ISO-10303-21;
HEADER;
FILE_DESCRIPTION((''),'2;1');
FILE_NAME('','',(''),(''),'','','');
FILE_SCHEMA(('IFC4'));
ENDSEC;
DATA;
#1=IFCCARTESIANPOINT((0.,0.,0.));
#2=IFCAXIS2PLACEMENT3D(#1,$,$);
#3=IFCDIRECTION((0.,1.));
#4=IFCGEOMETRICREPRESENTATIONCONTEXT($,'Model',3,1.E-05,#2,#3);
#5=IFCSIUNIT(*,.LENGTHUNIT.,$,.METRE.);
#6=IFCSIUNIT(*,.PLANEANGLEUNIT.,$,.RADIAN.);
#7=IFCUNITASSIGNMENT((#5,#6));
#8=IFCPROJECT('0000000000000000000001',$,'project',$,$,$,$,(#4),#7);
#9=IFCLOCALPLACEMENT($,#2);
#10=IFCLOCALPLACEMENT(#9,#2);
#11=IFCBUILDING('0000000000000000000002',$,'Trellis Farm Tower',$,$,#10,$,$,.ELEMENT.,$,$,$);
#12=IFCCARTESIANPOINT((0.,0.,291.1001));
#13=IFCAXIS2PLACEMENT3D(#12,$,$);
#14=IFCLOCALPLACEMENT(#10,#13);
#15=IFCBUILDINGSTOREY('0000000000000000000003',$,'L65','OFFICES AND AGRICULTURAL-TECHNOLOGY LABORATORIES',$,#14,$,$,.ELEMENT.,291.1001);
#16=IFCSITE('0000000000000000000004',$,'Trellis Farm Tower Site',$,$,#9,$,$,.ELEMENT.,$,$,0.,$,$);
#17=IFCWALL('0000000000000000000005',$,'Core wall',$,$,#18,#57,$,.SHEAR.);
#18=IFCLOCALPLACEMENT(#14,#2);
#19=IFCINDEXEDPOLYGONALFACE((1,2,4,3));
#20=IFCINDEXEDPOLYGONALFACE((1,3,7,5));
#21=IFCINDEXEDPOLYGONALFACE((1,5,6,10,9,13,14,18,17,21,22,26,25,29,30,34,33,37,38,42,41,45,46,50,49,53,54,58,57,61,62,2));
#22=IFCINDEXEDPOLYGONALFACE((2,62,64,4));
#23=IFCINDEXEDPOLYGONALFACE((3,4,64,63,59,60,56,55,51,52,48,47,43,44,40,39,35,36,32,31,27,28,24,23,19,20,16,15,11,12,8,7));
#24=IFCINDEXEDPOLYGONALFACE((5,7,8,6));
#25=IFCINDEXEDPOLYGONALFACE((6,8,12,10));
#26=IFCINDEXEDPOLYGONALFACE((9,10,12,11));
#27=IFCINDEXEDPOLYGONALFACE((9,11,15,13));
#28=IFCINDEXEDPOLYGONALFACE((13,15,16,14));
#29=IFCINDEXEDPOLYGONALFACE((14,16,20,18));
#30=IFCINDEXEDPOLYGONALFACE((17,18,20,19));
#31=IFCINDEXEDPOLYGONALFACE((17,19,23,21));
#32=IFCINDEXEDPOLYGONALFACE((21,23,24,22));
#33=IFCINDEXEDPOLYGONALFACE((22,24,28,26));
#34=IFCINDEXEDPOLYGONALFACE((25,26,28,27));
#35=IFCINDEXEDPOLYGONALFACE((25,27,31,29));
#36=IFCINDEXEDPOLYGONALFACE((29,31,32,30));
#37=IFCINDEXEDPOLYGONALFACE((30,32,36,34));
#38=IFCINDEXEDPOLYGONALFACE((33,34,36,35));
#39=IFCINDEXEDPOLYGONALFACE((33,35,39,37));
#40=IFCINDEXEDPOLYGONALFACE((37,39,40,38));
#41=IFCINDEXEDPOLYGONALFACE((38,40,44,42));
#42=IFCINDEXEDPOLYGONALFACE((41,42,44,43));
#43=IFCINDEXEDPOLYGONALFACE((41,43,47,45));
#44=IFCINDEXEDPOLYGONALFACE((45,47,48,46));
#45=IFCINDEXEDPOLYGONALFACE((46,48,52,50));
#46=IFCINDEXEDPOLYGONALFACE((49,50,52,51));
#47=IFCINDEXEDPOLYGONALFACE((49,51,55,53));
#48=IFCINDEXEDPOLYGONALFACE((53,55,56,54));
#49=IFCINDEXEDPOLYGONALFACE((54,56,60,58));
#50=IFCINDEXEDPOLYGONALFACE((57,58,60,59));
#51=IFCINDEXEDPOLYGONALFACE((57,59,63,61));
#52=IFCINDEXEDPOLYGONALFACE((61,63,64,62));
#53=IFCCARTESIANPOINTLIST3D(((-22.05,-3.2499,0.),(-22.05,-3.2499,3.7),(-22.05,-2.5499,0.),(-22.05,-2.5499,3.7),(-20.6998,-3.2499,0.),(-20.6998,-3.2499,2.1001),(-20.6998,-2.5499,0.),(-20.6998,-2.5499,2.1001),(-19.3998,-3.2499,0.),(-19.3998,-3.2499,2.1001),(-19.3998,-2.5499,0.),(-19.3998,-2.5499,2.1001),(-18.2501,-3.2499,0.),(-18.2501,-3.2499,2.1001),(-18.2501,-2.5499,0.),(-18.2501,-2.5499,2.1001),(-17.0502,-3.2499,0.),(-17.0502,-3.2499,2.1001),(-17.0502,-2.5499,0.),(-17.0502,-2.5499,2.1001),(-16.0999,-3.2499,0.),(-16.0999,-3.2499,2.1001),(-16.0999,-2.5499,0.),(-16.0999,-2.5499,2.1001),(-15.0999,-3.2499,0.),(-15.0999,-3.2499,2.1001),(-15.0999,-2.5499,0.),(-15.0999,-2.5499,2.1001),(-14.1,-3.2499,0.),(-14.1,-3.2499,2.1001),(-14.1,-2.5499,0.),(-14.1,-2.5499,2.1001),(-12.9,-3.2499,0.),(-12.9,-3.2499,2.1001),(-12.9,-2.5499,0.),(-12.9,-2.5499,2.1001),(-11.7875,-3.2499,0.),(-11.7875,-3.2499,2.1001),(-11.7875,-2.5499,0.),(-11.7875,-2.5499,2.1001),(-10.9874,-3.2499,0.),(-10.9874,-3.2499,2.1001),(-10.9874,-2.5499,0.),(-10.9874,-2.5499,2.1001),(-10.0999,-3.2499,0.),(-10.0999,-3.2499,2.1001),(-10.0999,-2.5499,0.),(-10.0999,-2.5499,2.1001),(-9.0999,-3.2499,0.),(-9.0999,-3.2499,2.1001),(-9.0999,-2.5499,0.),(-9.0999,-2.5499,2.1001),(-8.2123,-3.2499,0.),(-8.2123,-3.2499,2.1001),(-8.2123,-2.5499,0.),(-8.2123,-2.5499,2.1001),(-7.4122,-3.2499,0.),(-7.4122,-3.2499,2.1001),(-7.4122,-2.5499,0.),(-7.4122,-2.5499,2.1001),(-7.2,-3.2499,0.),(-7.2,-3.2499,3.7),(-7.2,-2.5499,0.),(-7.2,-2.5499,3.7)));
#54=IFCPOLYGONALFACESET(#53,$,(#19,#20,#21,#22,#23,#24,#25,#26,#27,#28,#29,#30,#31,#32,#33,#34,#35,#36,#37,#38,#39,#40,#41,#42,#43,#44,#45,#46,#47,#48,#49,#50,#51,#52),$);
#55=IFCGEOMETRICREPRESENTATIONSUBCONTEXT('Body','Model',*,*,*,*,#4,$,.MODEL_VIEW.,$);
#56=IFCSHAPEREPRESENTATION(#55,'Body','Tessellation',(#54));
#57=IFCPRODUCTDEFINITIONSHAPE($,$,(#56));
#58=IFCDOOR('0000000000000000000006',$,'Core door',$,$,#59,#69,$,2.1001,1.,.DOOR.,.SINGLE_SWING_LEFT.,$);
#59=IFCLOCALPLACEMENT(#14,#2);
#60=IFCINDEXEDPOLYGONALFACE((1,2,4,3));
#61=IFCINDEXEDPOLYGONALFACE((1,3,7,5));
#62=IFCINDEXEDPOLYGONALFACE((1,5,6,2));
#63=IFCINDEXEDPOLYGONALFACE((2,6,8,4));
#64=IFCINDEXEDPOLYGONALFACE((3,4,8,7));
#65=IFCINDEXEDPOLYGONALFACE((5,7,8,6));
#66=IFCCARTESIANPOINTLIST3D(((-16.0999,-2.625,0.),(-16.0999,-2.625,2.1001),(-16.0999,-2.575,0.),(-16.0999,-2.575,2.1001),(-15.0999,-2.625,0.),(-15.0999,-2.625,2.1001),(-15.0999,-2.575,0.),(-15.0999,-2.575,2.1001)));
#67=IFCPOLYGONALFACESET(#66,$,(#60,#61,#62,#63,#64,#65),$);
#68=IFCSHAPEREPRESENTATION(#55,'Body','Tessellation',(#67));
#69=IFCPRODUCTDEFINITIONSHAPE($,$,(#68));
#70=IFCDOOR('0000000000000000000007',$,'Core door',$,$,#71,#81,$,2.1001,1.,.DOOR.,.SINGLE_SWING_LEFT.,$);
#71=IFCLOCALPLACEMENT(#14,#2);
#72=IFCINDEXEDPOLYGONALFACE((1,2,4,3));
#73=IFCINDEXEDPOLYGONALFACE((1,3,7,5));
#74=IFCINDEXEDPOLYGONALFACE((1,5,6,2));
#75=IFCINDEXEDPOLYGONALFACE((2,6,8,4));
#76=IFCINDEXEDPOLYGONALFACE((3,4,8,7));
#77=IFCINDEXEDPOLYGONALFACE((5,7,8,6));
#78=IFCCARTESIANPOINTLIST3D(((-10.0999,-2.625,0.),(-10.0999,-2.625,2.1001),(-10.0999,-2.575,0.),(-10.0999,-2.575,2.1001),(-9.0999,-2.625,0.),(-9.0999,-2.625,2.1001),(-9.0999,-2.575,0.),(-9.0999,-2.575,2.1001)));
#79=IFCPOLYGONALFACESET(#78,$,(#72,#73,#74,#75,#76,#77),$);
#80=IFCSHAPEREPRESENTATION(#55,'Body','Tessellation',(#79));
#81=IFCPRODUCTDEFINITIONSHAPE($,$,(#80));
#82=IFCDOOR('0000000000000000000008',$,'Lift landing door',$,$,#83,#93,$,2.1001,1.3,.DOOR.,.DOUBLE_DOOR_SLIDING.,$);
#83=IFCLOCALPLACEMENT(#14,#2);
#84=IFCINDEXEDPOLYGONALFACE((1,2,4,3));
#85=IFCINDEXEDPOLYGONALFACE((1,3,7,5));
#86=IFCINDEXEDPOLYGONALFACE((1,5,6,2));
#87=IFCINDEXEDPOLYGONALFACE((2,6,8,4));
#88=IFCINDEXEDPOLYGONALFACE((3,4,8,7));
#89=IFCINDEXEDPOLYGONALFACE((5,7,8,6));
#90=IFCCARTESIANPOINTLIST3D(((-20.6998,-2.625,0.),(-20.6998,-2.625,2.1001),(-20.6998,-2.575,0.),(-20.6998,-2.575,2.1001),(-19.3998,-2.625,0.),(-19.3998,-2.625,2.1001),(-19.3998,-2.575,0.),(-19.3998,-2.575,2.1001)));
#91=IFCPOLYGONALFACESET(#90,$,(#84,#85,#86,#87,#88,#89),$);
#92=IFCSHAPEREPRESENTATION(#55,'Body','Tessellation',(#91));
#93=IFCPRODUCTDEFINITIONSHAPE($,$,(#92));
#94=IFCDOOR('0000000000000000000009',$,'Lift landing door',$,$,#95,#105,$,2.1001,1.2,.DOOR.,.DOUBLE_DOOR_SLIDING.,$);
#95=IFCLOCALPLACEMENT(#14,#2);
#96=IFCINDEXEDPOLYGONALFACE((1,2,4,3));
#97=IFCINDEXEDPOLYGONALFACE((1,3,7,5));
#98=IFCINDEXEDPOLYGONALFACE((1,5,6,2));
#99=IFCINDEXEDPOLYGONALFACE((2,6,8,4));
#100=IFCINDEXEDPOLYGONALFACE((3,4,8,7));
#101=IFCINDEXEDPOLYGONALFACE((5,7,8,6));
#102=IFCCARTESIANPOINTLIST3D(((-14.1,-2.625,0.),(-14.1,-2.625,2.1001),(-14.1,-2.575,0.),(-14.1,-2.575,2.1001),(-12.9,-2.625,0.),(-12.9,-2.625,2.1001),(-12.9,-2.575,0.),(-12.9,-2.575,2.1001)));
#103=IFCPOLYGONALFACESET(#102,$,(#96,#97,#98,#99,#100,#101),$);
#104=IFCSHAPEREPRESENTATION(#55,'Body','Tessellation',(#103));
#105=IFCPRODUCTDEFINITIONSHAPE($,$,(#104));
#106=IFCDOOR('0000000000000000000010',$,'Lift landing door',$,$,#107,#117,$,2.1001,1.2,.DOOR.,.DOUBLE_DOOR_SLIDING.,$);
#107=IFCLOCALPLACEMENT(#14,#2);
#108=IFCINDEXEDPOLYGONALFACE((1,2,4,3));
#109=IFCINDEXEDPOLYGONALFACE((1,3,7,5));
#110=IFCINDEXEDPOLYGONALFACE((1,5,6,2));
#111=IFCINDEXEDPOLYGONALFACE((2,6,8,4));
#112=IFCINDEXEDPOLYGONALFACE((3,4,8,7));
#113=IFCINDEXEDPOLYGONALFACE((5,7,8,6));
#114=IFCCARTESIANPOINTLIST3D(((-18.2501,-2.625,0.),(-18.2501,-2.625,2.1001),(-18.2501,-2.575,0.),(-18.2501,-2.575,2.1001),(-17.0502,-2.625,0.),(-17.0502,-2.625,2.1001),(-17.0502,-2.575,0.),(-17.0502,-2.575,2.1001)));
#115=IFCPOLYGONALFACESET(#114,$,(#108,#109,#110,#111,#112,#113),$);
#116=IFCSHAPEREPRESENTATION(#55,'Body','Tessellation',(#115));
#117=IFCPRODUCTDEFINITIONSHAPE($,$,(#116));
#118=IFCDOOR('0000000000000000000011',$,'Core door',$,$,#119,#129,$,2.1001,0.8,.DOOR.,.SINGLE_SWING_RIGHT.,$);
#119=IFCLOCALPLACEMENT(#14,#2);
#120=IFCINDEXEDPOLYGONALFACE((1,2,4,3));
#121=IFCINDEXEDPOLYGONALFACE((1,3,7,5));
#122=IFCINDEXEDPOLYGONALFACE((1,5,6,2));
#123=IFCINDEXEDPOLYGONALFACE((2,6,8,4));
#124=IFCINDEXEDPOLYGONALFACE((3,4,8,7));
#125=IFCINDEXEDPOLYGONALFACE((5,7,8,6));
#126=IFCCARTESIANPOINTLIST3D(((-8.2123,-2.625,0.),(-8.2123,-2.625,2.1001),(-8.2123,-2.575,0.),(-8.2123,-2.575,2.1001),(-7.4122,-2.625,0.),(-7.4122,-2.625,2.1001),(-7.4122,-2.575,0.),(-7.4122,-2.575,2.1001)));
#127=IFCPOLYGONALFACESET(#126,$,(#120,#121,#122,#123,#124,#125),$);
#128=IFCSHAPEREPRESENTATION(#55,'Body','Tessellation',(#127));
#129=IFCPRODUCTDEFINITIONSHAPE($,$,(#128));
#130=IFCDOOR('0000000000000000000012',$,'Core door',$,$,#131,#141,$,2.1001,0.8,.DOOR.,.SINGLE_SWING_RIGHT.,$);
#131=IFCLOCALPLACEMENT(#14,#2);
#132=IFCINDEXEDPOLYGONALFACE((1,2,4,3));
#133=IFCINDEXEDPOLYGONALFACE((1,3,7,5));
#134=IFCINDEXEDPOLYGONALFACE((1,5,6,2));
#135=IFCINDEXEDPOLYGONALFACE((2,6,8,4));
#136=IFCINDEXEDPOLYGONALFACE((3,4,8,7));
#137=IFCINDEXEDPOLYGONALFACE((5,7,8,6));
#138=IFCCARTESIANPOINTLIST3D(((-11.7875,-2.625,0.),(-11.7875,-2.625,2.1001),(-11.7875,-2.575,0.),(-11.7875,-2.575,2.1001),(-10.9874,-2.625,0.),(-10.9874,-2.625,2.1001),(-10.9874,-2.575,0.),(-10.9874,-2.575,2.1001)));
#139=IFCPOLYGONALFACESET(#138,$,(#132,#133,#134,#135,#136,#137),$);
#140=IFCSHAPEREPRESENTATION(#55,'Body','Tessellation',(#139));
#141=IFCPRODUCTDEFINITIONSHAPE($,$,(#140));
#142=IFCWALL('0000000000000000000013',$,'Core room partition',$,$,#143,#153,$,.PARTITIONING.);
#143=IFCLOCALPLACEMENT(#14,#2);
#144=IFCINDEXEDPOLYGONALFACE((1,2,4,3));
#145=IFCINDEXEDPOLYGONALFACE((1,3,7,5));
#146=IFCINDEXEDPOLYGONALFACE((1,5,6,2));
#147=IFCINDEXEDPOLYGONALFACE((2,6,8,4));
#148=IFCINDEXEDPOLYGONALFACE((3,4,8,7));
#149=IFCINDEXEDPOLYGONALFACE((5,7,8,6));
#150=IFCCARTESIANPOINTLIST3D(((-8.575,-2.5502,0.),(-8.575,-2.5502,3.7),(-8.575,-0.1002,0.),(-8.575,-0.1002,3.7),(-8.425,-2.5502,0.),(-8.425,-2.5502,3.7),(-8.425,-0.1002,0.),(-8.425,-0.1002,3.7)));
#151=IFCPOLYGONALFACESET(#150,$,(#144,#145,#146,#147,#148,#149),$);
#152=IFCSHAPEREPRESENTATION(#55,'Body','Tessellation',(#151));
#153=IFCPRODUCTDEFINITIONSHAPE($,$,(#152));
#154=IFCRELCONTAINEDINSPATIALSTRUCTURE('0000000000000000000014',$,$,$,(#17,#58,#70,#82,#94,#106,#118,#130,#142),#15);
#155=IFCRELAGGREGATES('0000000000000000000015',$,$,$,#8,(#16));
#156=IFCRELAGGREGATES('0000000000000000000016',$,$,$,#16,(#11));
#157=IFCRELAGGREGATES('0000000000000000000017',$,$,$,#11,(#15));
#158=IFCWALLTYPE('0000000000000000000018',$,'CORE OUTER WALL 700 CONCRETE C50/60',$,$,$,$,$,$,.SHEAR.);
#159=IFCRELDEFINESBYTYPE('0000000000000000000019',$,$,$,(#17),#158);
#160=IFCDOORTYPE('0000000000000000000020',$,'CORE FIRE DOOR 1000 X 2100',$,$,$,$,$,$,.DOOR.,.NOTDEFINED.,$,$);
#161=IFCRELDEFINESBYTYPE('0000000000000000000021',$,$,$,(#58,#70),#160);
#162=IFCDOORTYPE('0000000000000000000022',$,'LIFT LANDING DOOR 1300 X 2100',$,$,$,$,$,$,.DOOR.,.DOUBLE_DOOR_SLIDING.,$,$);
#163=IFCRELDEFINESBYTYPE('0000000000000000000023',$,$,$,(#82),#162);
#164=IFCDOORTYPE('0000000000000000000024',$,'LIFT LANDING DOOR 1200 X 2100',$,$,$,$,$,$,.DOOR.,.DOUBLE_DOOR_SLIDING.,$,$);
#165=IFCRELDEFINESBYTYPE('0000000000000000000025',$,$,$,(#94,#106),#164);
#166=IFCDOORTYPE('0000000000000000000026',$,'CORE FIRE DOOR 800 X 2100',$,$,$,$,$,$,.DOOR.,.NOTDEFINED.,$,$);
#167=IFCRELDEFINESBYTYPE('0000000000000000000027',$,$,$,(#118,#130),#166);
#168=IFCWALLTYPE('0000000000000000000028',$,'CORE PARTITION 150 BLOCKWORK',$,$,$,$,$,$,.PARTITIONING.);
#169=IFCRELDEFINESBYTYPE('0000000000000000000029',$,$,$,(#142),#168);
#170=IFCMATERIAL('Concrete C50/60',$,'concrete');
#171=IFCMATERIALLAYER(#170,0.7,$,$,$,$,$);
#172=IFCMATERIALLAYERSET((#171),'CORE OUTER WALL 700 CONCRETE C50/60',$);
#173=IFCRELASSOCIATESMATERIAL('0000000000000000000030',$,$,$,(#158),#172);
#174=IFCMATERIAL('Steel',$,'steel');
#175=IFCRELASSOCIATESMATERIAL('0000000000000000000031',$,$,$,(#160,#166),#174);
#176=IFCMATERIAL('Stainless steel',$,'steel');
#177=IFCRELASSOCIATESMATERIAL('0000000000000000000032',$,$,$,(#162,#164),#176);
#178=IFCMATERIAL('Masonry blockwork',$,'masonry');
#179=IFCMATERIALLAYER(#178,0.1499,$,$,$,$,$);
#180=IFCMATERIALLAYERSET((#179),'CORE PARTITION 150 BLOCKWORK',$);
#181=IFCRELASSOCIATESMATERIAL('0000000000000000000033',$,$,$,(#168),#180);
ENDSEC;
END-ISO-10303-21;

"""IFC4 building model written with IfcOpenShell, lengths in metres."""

from ifc_helpers import new_model, si_unit, direction, frame, frame_2d, origin, place, context, subcontext, project, spatial, rectangle, extrude, source, transform, mapped, material, layer, layer_set, type_object, element, fill, save


model = new_model("IFC4")

# Units and contexts
model_context = context("Model", 3, precision=1e-05, world=origin(), true_north=direction((0.0, 1.0)))
body_context = subcontext(model_context, "Body", "Model", "MODEL_VIEW")
ifc_project = project(units=[si_unit("LENGTHUNIT", "METRE"), si_unit("PLANEANGLEUNIT", "RADIAN")], contexts=[model_context])

# Site, building, storey
site_placement = place(None, origin())
site = spatial("IfcSite", under=ifc_project, at=site_placement, Name="Trellis Farm Tower Site", CompositionType="ELEMENT", RefElevation=0.0)
building_placement = place(site_placement, origin())
building = spatial("IfcBuilding", under=site, at=building_placement, Name="Trellis Farm Tower", CompositionType="ELEMENT")
storey_placement = place(building_placement, frame((0.0, 0.0, 291.1001)))
storey = spatial("IfcBuildingStorey", under=building, at=storey_placement, Name="L65", Description="OFFICES AND AGRICULTURAL-TECHNOLOGY LABORATORIES", CompositionType="ELEMENT", Elevation=291.1001)

# Wall, openings, doors
ifc_material_1 = material(Name="Concrete C50/60", Category="concrete")
ifc_layer_1 = layer(ifc_material_1, 0.7)
ifc_layer_set_1 = layer_set([ifc_layer_1], Name="CORE OUTER WALL 700 CONCRETE C50/60")
wall_type_1 = type_object("IfcWallType", Name="CORE OUTER WALL 700 CONCRETE C50/60", PredefinedType="SHEAR", material=ifc_layer_set_1)
shared_shape_1 = source(origin(), body_context, "Body", "SweptSolid", [
    extrude(rectangle(XDim=14.8501, YDim=0.7, at=frame_2d((7.425, 0.0))), origin(), (0.0, 0.0, 1.0), 3.7),
])
wall_1_placement = place(storey_placement, frame((-7.2, -2.8999, 0.0), z_axis=(0.0, 0.0, 1.0), x_axis=(-1.0, 0.0, 0.0)))
wall_1 = element("IfcWall", 1, at=wall_1_placement, inside=storey, type_object=wall_type_1, Name="Core wall", PredefinedType="SHEAR", context=body_context, shape_type="MappedRepresentation", body=[
    mapped(shared_shape_1, transform((0.0, 0.0, 0.0))),
])
shared_shape_2 = source(origin(), body_context, "Body", "SweptSolid", [
    extrude(rectangle(XDim=1.2, YDim=2.1001, at=frame_2d((0.6001, 1.05))), frame((0.0, 0.3601, 0.0), z_axis=(0.0, -1.0, 0.0), x_axis=(1.0, 0.0, 0.0)), (0.0, 0.0, 1.0), 0.7202),
])
opening_1_placement = place(wall_1_placement, frame((5.7, 0.0, 0.0)))
opening_1 = element("IfcOpeningElement", 2, at=opening_1_placement, cuts=wall_1, PredefinedType="OPENING", context=body_context, shape_type="MappedRepresentation", body=[
    mapped(shared_shape_2, transform((0.0, 0.0, 0.0))),
])
shared_shape_3 = source(origin(), body_context, "Body", "SweptSolid", [
    extrude(rectangle(XDim=1.3, YDim=2.1001, at=frame_2d((0.6499, 1.05))), frame((0.0, 0.3601, 0.0), z_axis=(0.0, -1.0, 0.0), x_axis=(1.0, 0.0, 0.0)), (0.0, 0.0, 1.0), 0.7202),
])
opening_2_placement = place(wall_1_placement, frame((12.2, 0.0, 0.0)))
opening_2 = element("IfcOpeningElement", 3, at=opening_2_placement, cuts=wall_1, PredefinedType="OPENING", context=body_context, shape_type="MappedRepresentation", body=[
    mapped(shared_shape_3, transform((0.0, 0.0, 0.0))),
])
opening_3_placement = place(wall_1_placement, frame((9.8501, 0.0, 0.0)))
opening_3 = element("IfcOpeningElement", 4, at=opening_3_placement, cuts=wall_1, PredefinedType="OPENING", context=body_context, shape_type="MappedRepresentation", body=[
    mapped(shared_shape_2, transform((0.0, 0.0, 0.0))),
])
shared_shape_4 = source(origin(), body_context, "Body", "SweptSolid", [
    extrude(rectangle(XDim=1.0, YDim=2.1001, at=frame_2d((0.5, 1.05))), frame((0.0, 0.3601, 0.0), z_axis=(0.0, -1.0, 0.0), x_axis=(1.0, 0.0, 0.0)), (0.0, 0.0, 1.0), 0.7202),
])
opening_4_placement = place(wall_1_placement, frame((7.8999, 0.0, 0.0)))
opening_4 = element("IfcOpeningElement", 5, at=opening_4_placement, cuts=wall_1, PredefinedType="OPENING", context=body_context, shape_type="MappedRepresentation", body=[
    mapped(shared_shape_4, transform((0.0, 0.0, 0.0))),
])
shared_shape_5 = source(origin(), body_context, "Body", "SweptSolid", [
    extrude(rectangle(XDim=0.8, YDim=2.1001, at=frame_2d((0.3999, 1.05))), frame((0.0, 0.3601, 0.0), z_axis=(0.0, -1.0, 0.0), x_axis=(1.0, 0.0, 0.0)), (0.0, 0.0, 1.0), 0.7202),
])
opening_5_placement = place(wall_1_placement, frame((0.2124, 0.0, 0.0)))
opening_5 = element("IfcOpeningElement", 6, at=opening_5_placement, cuts=wall_1, PredefinedType="OPENING", context=body_context, shape_type="MappedRepresentation", body=[
    mapped(shared_shape_5, transform((0.0, 0.0, 0.0))),
])
opening_6_placement = place(wall_1_placement, frame((1.8999, 0.0, 0.0)))
opening_6 = element("IfcOpeningElement", 7, at=opening_6_placement, cuts=wall_1, PredefinedType="OPENING", context=body_context, shape_type="MappedRepresentation", body=[
    mapped(shared_shape_4, transform((0.0, 0.0, 0.0))),
])
opening_7_placement = place(wall_1_placement, frame((3.7876, 0.0, 0.0)))
opening_7 = element("IfcOpeningElement", 8, at=opening_7_placement, cuts=wall_1, PredefinedType="OPENING", context=body_context, shape_type="MappedRepresentation", body=[
    mapped(shared_shape_5, transform((0.0, 0.0, 0.0))),
])
ifc_material_2 = material(Name="Steel", Category="steel")
door_type_1 = type_object("IfcDoorType", Name="CORE FIRE DOOR 1000 X 2100", OperationType="NOTDEFINED", PredefinedType="DOOR", material=ifc_material_2)
shared_shape_6 = source(origin(), body_context, "Body", "SweptSolid", [
    extrude(rectangle(XDim=1.0, YDim=2.1001, at=frame_2d((0.5, 1.05))), frame((0.0, -0.2749, 0.0), z_axis=(0.0, -1.0, 0.0), x_axis=(1.0, 0.0, 0.0)), (0.0, 0.0, 1.0), 0.05),
])
door_1_placement = place(opening_4_placement, origin())
door_1 = element("IfcDoor", 9, at=door_1_placement, inside=storey, type_object=door_type_1, Name="Core door", OperationType="SINGLE_SWING_LEFT", OverallHeight=2.1001, OverallWidth=1.0, PredefinedType="DOOR", context=body_context, shape_type="MappedRepresentation", body=[
    mapped(shared_shape_6, transform((0.0, 0.0, 0.0))),
])
fill(opening_4, door_1)
door_2_placement = place(opening_6_placement, origin())
door_2 = element("IfcDoor", 10, at=door_2_placement, inside=storey, type_object=door_type_1, Name="Core door", OperationType="SINGLE_SWING_LEFT", OverallHeight=2.1001, OverallWidth=1.0, PredefinedType="DOOR", context=body_context, shape_type="MappedRepresentation", body=[
    mapped(shared_shape_6, transform((0.0, 0.0, 0.0))),
])
fill(opening_6, door_2)
ifc_material_3 = material(Name="Stainless steel", Category="steel")
door_type_2 = type_object("IfcDoorType", Name="LIFT LANDING DOOR 1300 X 2100", OperationType="DOUBLE_DOOR_SLIDING", PredefinedType="DOOR", material=ifc_material_3)
shared_shape_7 = source(origin(), body_context, "Body", "SweptSolid", [
    extrude(rectangle(XDim=1.3, YDim=2.1001, at=frame_2d((0.6499, 1.05))), frame((0.0, -0.2749, 0.0), z_axis=(0.0, -1.0, 0.0), x_axis=(1.0, 0.0, 0.0)), (0.0, 0.0, 1.0), 0.05),
])
door_3_placement = place(opening_2_placement, origin())
door_3 = element("IfcDoor", 11, at=door_3_placement, inside=storey, type_object=door_type_2, Name="Lift landing door", OperationType="DOUBLE_DOOR_SLIDING", OverallHeight=2.1001, OverallWidth=1.3, PredefinedType="DOOR", context=body_context, shape_type="MappedRepresentation", body=[
    mapped(shared_shape_7, transform((0.0, 0.0, 0.0))),
])
fill(opening_2, door_3)
door_type_3 = type_object("IfcDoorType", Name="LIFT LANDING DOOR 1200 X 2100", OperationType="DOUBLE_DOOR_SLIDING", PredefinedType="DOOR", material=ifc_material_3)
shared_shape_8 = source(origin(), body_context, "Body", "SweptSolid", [
    extrude(rectangle(XDim=1.2, YDim=2.1001, at=frame_2d((0.6001, 1.05))), frame((0.0, -0.2749, 0.0), z_axis=(0.0, -1.0, 0.0), x_axis=(1.0, 0.0, 0.0)), (0.0, 0.0, 1.0), 0.05),
])
door_4_placement = place(opening_1_placement, origin())
door_4 = element("IfcDoor", 12, at=door_4_placement, inside=storey, type_object=door_type_3, Name="Lift landing door", OperationType="DOUBLE_DOOR_SLIDING", OverallHeight=2.1001, OverallWidth=1.2, PredefinedType="DOOR", context=body_context, shape_type="MappedRepresentation", body=[
    mapped(shared_shape_8, transform((0.0, 0.0, 0.0))),
])
fill(opening_1, door_4)
door_5_placement = place(opening_3_placement, origin())
door_5 = element("IfcDoor", 13, at=door_5_placement, inside=storey, type_object=door_type_3, Name="Lift landing door", OperationType="DOUBLE_DOOR_SLIDING", OverallHeight=2.1001, OverallWidth=1.2, PredefinedType="DOOR", context=body_context, shape_type="MappedRepresentation", body=[
    mapped(shared_shape_8, transform((0.0, 0.0, 0.0))),
])
fill(opening_3, door_5)
door_type_4 = type_object("IfcDoorType", Name="CORE FIRE DOOR 800 X 2100", OperationType="NOTDEFINED", PredefinedType="DOOR", material=ifc_material_2)
shared_shape_9 = source(origin(), body_context, "Body", "SweptSolid", [
    extrude(rectangle(XDim=0.8, YDim=2.1001, at=frame_2d((0.3999, 1.05))), frame((0.0, -0.2749, 0.0), z_axis=(0.0, -1.0, 0.0), x_axis=(1.0, 0.0, 0.0)), (0.0, 0.0, 1.0), 0.05),
])
door_6_placement = place(opening_5_placement, origin())
door_6 = element("IfcDoor", 14, at=door_6_placement, inside=storey, type_object=door_type_4, Name="Core door", OperationType="SINGLE_SWING_RIGHT", OverallHeight=2.1001, OverallWidth=0.8, PredefinedType="DOOR", context=body_context, shape_type="MappedRepresentation", body=[
    mapped(shared_shape_9, transform((0.0, 0.0, 0.0))),
])
fill(opening_5, door_6)
door_7_placement = place(opening_7_placement, origin())
door_7 = element("IfcDoor", 15, at=door_7_placement, inside=storey, type_object=door_type_4, Name="Core door", OperationType="SINGLE_SWING_RIGHT", OverallHeight=2.1001, OverallWidth=0.8, PredefinedType="DOOR", context=body_context, shape_type="MappedRepresentation", body=[
    mapped(shared_shape_9, transform((0.0, 0.0, 0.0))),
])
fill(opening_7, door_7)

# Wall
ifc_material_4 = material(Name="Masonry blockwork", Category="masonry")
ifc_layer_2 = layer(ifc_material_4, 0.1499)
ifc_layer_set_2 = layer_set([ifc_layer_2], Name="CORE PARTITION 150 BLOCKWORK")
wall_type_2 = type_object("IfcWallType", Name="CORE PARTITION 150 BLOCKWORK", PredefinedType="PARTITIONING", material=ifc_layer_set_2)
shared_shape_10 = source(origin(), body_context, "Body", "SweptSolid", [
    extrude(rectangle(XDim=2.45, YDim=0.1499, at=frame_2d((1.2251, 0.0))), origin(), (0.0, 0.0, 1.0), 3.7),
])
for number, where, z_axis, x_axis, name in (
    (16, (-8.5, -0.1001, 0.0), (0.0, 0.0, 1.0), (0.0, -1.0, 0.0), "Core room partition"),
):
    element("IfcWall", number, at=place(storey_placement, frame(where, z_axis=z_axis, x_axis=x_axis)), inside=storey, type_object=wall_type_2, Name=name, PredefinedType="PARTITIONING", context=body_context, shape_type="MappedRepresentation", body=[
        mapped(shared_shape_10, transform((0.0, 0.0, 0.0))),
    ])

save(model, "model.ifc")
